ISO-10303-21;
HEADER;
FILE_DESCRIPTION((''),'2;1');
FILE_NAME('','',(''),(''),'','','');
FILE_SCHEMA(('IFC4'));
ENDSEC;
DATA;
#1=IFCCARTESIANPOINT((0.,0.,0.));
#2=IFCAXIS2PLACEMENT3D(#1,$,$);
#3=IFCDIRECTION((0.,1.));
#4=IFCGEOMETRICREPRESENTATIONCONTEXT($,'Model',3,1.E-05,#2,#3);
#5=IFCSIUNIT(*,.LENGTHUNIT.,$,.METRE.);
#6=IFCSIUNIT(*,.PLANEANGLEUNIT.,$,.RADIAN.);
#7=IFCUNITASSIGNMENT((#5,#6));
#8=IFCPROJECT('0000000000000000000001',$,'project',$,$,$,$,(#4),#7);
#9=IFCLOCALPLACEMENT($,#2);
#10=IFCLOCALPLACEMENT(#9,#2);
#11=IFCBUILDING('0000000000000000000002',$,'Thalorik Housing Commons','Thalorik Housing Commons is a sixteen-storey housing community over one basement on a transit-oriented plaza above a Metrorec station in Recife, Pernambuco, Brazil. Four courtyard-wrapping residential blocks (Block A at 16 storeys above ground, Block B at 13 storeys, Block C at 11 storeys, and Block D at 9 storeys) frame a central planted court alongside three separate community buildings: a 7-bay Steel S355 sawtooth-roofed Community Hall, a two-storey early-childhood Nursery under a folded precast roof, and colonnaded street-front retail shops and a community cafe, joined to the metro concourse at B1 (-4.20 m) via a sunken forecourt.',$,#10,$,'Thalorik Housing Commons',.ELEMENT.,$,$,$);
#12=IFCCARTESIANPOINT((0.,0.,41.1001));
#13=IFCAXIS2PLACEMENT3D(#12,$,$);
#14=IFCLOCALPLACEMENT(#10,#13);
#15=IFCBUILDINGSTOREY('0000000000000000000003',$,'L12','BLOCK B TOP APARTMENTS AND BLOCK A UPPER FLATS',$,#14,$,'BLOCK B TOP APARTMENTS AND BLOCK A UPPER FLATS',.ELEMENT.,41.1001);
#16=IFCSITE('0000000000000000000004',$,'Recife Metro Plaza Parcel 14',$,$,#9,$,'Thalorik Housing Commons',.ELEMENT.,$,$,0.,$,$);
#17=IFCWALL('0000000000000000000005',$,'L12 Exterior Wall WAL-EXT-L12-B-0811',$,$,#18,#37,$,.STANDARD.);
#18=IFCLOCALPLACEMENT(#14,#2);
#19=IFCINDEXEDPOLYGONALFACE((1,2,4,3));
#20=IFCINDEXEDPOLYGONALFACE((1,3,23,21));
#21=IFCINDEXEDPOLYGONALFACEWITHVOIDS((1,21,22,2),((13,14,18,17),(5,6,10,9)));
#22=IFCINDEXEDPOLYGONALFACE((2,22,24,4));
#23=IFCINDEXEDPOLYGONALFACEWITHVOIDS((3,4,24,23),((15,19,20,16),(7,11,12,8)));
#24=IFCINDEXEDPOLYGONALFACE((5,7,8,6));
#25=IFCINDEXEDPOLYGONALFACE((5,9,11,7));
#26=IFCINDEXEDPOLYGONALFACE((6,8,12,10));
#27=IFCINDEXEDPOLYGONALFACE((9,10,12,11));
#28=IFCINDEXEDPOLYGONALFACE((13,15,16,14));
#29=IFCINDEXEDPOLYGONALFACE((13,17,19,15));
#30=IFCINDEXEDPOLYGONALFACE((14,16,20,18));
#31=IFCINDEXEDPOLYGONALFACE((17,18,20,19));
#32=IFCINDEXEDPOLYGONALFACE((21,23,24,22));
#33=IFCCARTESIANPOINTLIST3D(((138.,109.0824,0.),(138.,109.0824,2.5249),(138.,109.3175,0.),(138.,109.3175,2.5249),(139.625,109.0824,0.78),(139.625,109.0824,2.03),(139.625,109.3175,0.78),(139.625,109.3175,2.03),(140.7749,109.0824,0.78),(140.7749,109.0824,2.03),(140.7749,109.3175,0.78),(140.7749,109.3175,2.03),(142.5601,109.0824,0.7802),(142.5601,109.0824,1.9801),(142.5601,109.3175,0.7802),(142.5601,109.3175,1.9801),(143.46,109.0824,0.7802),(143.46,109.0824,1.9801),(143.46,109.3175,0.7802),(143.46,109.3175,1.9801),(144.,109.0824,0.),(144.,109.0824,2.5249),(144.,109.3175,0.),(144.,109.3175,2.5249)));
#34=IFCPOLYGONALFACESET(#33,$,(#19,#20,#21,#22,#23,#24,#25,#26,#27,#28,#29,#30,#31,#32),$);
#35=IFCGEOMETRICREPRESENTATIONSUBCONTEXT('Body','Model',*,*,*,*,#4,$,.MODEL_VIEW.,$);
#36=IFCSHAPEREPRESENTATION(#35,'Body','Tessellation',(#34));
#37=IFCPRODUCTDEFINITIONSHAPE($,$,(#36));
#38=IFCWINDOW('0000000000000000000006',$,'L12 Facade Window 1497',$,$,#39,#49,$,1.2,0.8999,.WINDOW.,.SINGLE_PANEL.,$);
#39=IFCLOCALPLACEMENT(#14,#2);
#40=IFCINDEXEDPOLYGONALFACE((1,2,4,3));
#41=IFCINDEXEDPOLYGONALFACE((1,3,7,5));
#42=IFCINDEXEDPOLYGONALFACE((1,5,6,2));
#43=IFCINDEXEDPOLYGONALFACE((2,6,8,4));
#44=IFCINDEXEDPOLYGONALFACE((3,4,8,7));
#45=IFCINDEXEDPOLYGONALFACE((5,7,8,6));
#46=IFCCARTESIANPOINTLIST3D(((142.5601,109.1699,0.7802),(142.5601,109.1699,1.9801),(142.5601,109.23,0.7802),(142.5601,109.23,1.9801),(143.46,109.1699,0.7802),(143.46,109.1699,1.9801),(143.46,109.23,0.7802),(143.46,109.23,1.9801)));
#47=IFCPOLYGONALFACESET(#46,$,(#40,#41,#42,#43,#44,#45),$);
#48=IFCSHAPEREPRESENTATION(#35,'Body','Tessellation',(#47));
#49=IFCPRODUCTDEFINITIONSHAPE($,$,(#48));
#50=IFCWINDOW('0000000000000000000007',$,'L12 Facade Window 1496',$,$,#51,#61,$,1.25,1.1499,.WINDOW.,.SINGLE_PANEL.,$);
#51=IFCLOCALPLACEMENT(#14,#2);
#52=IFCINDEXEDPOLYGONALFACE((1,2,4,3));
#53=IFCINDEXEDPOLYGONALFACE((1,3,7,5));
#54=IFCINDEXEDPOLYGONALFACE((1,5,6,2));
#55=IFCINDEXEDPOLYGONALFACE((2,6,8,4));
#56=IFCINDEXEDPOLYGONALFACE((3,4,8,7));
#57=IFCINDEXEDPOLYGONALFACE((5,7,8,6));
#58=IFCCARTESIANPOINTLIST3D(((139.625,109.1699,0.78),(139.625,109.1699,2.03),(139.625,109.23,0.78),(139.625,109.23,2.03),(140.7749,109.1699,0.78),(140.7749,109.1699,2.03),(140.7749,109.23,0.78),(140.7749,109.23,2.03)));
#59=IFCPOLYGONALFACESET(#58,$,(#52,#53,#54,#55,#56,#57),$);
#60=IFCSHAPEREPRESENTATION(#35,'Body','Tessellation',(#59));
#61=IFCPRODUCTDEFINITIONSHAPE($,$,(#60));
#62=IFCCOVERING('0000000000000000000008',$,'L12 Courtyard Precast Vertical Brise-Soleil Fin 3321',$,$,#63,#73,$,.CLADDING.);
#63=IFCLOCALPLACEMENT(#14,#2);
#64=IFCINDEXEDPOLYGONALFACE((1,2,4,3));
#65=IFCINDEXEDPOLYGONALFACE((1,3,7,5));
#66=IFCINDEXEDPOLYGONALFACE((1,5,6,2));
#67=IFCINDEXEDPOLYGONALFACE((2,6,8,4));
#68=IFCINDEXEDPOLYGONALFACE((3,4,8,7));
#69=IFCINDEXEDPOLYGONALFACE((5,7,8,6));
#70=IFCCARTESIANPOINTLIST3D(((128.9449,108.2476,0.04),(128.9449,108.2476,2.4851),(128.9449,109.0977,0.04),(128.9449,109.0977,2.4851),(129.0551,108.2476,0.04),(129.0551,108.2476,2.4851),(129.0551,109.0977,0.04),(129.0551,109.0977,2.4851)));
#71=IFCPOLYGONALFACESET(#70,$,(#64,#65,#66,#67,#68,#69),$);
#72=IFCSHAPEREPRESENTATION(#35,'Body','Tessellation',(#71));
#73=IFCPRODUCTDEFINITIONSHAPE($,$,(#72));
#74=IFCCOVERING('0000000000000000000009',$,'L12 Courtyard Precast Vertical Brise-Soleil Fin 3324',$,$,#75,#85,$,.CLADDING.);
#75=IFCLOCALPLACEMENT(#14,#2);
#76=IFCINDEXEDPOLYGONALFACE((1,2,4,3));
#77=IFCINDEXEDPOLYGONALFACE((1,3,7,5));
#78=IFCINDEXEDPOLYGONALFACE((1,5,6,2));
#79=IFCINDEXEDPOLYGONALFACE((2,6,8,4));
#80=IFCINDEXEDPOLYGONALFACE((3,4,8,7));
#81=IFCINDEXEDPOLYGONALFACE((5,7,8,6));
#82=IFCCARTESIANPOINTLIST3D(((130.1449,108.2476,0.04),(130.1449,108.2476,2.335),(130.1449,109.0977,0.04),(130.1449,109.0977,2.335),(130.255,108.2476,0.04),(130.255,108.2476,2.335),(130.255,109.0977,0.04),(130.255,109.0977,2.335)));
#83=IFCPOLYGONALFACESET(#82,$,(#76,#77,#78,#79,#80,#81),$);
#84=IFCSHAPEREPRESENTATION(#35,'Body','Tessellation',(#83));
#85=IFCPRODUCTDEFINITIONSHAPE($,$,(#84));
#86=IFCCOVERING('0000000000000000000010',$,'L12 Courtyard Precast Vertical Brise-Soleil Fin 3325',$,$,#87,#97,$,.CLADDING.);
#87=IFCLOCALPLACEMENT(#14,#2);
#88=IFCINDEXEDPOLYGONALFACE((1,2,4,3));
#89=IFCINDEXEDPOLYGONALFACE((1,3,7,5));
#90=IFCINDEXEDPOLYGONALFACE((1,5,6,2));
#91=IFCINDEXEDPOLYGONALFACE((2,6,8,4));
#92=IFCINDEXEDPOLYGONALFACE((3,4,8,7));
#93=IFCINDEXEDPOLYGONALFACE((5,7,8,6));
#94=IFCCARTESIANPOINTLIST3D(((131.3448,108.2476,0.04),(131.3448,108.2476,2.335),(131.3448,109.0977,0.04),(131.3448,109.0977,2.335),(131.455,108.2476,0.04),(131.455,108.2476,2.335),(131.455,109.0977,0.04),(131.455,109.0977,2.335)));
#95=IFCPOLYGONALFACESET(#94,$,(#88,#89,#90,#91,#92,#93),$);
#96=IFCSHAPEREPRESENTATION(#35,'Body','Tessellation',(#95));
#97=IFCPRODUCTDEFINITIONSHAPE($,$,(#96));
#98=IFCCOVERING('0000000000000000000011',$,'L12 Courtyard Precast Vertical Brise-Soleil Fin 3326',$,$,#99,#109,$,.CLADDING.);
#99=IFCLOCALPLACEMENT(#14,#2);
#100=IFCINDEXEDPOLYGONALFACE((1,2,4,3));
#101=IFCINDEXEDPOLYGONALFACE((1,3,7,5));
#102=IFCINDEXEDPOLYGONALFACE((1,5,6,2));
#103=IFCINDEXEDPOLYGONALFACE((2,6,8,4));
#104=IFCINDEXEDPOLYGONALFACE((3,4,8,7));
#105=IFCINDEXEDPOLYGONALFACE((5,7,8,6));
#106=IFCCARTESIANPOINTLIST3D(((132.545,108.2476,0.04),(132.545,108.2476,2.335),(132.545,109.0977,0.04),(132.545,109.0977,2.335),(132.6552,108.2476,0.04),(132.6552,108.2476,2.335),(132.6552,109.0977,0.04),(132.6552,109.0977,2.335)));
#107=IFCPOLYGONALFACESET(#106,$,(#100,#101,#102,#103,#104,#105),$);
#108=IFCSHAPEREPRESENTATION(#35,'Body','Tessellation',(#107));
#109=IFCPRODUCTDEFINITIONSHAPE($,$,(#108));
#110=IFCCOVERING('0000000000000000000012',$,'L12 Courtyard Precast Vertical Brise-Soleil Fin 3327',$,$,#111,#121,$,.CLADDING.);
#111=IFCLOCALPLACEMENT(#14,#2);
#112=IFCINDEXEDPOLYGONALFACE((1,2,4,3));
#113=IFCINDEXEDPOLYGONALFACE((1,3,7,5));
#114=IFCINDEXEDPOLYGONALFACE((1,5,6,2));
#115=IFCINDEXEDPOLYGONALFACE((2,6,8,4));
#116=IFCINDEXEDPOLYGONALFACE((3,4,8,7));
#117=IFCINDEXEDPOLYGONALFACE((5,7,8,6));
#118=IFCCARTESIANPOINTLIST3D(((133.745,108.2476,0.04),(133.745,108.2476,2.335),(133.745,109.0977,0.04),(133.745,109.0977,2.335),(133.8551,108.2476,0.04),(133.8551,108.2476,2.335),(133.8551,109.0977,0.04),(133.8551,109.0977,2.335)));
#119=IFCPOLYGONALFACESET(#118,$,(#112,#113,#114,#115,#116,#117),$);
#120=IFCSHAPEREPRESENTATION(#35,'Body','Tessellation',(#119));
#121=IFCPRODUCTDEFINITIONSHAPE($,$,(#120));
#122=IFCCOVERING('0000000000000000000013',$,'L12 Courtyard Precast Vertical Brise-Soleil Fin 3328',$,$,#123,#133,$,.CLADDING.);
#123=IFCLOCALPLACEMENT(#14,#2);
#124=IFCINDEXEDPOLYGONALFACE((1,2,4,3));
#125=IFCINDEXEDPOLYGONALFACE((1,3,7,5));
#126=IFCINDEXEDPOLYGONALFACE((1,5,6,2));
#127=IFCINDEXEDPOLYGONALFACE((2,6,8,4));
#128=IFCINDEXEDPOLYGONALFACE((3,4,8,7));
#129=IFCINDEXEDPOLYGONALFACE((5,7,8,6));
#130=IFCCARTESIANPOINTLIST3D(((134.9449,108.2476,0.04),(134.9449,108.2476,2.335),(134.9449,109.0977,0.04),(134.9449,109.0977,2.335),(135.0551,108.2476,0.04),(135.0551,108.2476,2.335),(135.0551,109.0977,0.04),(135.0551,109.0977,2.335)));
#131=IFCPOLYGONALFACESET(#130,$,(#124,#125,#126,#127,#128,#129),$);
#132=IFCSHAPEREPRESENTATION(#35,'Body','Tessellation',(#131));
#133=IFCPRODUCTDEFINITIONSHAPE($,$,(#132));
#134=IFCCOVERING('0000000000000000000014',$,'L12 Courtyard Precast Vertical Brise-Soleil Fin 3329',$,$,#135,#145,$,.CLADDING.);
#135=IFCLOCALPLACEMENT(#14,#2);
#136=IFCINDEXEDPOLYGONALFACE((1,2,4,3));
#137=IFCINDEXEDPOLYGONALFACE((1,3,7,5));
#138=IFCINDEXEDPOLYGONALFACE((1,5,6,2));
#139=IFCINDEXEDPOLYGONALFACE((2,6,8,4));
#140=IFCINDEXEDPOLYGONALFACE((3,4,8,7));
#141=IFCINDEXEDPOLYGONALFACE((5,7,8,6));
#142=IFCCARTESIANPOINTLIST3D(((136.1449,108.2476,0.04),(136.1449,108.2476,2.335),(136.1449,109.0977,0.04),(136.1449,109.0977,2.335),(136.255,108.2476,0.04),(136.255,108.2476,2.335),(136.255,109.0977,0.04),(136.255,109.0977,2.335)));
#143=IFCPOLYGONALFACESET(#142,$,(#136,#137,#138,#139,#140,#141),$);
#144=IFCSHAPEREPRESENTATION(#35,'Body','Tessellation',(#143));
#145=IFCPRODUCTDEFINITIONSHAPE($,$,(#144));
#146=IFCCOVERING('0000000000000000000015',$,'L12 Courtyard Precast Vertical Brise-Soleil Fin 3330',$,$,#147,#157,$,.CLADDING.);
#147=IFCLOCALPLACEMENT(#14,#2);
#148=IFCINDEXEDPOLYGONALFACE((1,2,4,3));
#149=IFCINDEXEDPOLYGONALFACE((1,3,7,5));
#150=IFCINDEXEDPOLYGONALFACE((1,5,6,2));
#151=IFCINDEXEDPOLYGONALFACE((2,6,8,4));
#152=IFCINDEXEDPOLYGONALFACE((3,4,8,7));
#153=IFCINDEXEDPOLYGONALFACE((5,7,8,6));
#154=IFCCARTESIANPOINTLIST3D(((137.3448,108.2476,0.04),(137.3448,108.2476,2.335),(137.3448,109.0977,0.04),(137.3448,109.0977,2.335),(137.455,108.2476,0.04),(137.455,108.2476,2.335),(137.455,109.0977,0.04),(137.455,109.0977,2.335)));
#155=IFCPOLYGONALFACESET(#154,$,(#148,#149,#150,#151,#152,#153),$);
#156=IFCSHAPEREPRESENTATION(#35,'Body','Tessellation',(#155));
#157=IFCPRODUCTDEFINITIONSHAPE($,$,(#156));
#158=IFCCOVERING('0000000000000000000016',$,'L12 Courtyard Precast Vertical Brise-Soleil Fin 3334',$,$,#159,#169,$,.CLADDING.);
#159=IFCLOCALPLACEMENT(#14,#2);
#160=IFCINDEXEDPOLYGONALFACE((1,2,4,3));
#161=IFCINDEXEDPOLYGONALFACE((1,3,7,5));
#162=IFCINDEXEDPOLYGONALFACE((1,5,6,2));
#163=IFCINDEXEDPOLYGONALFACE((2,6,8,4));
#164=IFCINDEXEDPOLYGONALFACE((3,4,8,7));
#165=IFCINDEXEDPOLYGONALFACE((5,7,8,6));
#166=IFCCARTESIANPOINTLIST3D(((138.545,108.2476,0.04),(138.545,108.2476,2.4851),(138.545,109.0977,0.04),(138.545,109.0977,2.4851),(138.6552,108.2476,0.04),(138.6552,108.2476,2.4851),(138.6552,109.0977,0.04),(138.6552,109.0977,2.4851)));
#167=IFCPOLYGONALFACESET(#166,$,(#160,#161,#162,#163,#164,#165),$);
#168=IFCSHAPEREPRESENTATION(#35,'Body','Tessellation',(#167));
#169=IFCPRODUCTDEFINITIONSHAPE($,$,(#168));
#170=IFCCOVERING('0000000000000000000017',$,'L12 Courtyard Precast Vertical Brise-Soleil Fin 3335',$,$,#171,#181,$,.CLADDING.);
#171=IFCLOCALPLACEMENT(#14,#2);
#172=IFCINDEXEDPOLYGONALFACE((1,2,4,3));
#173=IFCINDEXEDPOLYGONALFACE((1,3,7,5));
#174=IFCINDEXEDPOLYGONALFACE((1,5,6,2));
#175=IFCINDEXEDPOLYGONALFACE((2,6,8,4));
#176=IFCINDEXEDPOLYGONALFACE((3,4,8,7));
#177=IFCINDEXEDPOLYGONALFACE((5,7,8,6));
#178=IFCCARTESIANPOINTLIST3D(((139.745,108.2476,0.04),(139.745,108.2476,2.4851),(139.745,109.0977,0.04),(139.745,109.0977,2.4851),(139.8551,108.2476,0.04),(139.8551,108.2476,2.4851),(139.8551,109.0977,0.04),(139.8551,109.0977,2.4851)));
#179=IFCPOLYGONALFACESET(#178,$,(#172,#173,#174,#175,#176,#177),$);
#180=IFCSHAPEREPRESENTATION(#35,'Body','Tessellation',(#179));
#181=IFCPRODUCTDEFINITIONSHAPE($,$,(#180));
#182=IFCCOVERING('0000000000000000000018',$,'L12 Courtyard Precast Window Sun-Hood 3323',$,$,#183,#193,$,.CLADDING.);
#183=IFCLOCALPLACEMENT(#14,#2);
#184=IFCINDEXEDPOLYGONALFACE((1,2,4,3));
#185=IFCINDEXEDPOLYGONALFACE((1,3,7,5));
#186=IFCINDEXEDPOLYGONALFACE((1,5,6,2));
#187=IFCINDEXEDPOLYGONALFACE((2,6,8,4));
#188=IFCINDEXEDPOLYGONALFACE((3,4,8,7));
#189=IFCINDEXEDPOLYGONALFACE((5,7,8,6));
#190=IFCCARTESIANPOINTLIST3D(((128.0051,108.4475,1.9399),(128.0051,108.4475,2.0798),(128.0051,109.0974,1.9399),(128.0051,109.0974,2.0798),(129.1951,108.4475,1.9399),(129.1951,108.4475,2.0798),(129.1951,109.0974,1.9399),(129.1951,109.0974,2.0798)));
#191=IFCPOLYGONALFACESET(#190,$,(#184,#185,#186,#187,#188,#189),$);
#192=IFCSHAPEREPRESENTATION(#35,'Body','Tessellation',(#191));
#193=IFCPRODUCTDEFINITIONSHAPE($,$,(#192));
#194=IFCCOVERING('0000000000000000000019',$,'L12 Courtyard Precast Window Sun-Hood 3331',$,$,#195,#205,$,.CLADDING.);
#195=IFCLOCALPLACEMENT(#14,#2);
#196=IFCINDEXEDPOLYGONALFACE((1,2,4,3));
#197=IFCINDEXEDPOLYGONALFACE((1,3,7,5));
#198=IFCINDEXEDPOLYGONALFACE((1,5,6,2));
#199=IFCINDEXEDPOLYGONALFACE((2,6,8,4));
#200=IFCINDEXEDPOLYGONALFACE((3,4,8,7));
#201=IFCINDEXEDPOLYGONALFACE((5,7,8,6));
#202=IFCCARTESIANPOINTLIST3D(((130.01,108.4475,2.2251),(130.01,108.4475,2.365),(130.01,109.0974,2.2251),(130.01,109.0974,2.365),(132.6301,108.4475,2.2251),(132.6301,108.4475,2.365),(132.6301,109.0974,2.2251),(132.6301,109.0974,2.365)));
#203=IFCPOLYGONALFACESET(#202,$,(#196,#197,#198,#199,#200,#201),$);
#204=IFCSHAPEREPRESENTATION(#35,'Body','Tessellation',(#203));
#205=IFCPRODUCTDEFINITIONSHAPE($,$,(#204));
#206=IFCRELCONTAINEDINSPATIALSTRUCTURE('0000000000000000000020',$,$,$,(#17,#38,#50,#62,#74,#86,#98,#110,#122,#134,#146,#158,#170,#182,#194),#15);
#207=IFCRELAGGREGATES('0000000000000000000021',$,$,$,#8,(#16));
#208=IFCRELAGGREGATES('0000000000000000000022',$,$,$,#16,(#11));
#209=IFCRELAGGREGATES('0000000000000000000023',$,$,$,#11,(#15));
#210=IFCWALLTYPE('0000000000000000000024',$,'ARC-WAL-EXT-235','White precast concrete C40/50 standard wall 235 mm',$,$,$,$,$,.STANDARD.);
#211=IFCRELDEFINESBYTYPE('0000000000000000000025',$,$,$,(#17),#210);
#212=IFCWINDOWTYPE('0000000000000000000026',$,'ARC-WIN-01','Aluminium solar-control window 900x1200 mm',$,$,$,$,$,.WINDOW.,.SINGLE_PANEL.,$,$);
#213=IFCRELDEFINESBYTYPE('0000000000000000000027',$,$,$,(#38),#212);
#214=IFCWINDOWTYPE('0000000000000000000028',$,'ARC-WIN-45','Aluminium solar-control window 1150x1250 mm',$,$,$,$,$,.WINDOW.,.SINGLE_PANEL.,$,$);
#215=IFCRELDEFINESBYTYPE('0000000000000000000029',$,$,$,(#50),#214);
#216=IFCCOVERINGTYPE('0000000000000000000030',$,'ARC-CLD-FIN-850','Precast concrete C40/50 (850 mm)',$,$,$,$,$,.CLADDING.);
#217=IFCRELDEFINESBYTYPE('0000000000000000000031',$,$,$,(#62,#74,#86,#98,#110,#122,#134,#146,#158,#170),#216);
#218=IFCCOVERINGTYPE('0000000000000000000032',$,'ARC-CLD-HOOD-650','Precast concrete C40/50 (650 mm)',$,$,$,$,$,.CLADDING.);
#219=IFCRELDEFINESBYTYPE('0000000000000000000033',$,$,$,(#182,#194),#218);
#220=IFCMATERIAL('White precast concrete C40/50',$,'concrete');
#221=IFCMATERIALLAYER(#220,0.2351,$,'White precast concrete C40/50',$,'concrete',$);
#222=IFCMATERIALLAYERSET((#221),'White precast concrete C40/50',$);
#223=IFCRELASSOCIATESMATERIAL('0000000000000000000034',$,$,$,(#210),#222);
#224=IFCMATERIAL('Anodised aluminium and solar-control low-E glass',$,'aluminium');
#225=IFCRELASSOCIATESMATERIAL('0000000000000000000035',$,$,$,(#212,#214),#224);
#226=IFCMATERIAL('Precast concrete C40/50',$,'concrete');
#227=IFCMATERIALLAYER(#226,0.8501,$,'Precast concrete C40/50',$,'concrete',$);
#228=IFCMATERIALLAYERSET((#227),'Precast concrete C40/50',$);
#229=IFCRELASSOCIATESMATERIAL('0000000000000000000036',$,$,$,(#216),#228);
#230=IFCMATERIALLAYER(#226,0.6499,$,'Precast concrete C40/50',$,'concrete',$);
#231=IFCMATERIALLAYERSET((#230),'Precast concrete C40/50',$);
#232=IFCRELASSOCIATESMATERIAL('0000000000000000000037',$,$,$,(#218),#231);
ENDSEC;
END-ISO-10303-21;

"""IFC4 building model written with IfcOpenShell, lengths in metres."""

from ifc_helpers import new_model, si_unit, direction, frame, frame_2d, origin, origin_2d, place, context, subcontext, project, spatial, rectangle, extrude, material, layer, layer_set, type_object, element, fill, save


model = new_model("IFC4")

# Units and contexts
model_context = context("Model", 3, precision=1e-05, world=origin(), true_north=direction((0.0, 1.0)))
body_context = subcontext(model_context, "Body", "Model", "MODEL_VIEW")
ifc_project = project(units=[si_unit("LENGTHUNIT", "METRE"), si_unit("PLANEANGLEUNIT", "RADIAN")], contexts=[model_context])

# Site, building, storey
site_placement = place(None, origin())
site = spatial("IfcSite", under=ifc_project, at=site_placement, Name="Recife Metro Plaza Parcel 14", LongName="Thalorik Housing Commons", CompositionType="ELEMENT", RefElevation=0.0)
building_placement = place(site_placement, origin())
building = spatial("IfcBuilding", under=site, at=building_placement, Name="Thalorik Housing Commons", Description="Thalorik Housing Commons is a sixteen-storey housing community over one basement on a transit-oriented plaza above a Metrorec station in Recife, Pernambuco, Brazil. Four courtyard-wrapping residential blocks (Block A at 16 storeys above ground, Block B at 13 storeys, Block C at 11 storeys, and Block D at 9 storeys) frame a central planted court alongside three separate community buildings: a 7-bay Steel S355 sawtooth-roofed Community Hall, a two-storey early-childhood Nursery under a folded precast roof, and colonnaded street-front retail shops and a community cafe, joined to the metro concourse at B1 (-4.20 m) via a sunken forecourt.", LongName="Thalorik Housing Commons", CompositionType="ELEMENT")
storey_placement = place(building_placement, frame((0.0, 0.0, 41.1001)))
storey = spatial("IfcBuildingStorey", under=building, at=storey_placement, Name="L12", Description="BLOCK B TOP APARTMENTS AND BLOCK A UPPER FLATS", LongName="BLOCK B TOP APARTMENTS AND BLOCK A UPPER FLATS", CompositionType="ELEMENT", Elevation=41.1001)

# Shared definitions
ifc_material_1 = material(Name="Precast concrete C40/50", Category="concrete")

# Wall, openings, windows
ifc_material_2 = material(Name="White precast concrete C40/50", Category="concrete")
ifc_layer_1 = layer(ifc_material_2, 0.2351, Name="White precast concrete C40/50", Category="concrete")
ifc_layer_set_1 = layer_set([ifc_layer_1], Name="White precast concrete C40/50")
wall_type = type_object("IfcWallType", Name="ARC-WAL-EXT-235", Description="White precast concrete C40/50 standard wall 235 mm", PredefinedType="STANDARD", material=ifc_layer_set_1)
ifc_material_3 = material(Name="Anodised aluminium and solar-control low-E glass", Category="aluminium")
wall_1_placement = place(storey_placement, frame((138.0, 109.2, 0.0), z_axis=(0.0, 0.0, 1.0), x_axis=(1.0, 0.0, 0.0)))
wall_1 = element("IfcWall", 1, at=wall_1_placement, inside=storey, type_object=wall_type, Name="L12 Exterior Wall WAL-EXT-L12-B-0811", PredefinedType="STANDARD", context=body_context, shape_type="SweptSolid", body=[
    extrude(rectangle(XDim=6.0, YDim=0.2351, at=frame_2d((3.0, 0.0))), origin(), (0.0, 0.0, 1.0), 2.5249),
])
opening_1_placement = place(wall_1_placement, frame((1.625, 0.0, 0.78)))
opening_1 = element("IfcOpeningElement", 2, at=opening_1_placement, cuts=wall_1, PredefinedType="OPENING", context=body_context, shape_type="SweptSolid", body=[
    extrude(rectangle(XDim=1.1499, YDim=1.25, at=frame_2d((0.575, 0.625))), frame((0.0, 0.1274, 0.0), z_axis=(0.0, -1.0, 0.0), x_axis=(1.0, 0.0, 0.0)), (0.0, 0.0, 1.0), 0.2551),
])
opening_2_placement = place(wall_1_placement, frame((4.5601, 0.0, 0.78)))
opening_2 = element("IfcOpeningElement", 3, at=opening_2_placement, cuts=wall_1, PredefinedType="OPENING", context=body_context, shape_type="SweptSolid", body=[
    extrude(rectangle(XDim=0.8999, YDim=1.2, at=frame_2d((0.45, 0.6001))), frame((0.0, 0.1274, 0.0), z_axis=(0.0, -1.0, 0.0), x_axis=(1.0, 0.0, 0.0)), (0.0, 0.0, 1.0), 0.2551),
])
window_type_1 = type_object("IfcWindowType", Name="ARC-WIN-01", Description="Aluminium solar-control window 900x1200 mm", PartitioningType="SINGLE_PANEL", PredefinedType="WINDOW", material=ifc_material_3)
window_1_placement = place(opening_2_placement, origin())
window_1 = element("IfcWindow", 4, at=window_1_placement, inside=storey, type_object=window_type_1, Name="L12 Facade Window 1497", OverallHeight=1.2, OverallWidth=0.8999, PartitioningType="SINGLE_PANEL", PredefinedType="WINDOW", context=body_context, shape_type="SweptSolid", body=[
    extrude(rectangle(XDim=0.8999, YDim=1.2, at=frame_2d((0.45, 0.6001))), frame((0.0, 0.03, 0.0), z_axis=(0.0, -1.0, 0.0), x_axis=(1.0, 0.0, 0.0)), (0.0, 0.0, 1.0), 0.0601),
])
fill(opening_2, window_1)
window_type_2 = type_object("IfcWindowType", Name="ARC-WIN-45", Description="Aluminium solar-control window 1150x1250 mm", PartitioningType="SINGLE_PANEL", PredefinedType="WINDOW", material=ifc_material_3)
window_2_placement = place(opening_1_placement, origin())
window_2 = element("IfcWindow", 5, at=window_2_placement, inside=storey, type_object=window_type_2, Name="L12 Facade Window 1496", OverallHeight=1.25, OverallWidth=1.1499, PartitioningType="SINGLE_PANEL", PredefinedType="WINDOW", context=body_context, shape_type="SweptSolid", body=[
    extrude(rectangle(XDim=1.1499, YDim=1.25, at=frame_2d((0.575, 0.625))), frame((0.0, 0.03, 0.0), z_axis=(0.0, -1.0, 0.0), x_axis=(1.0, 0.0, 0.0)), (0.0, 0.0, 1.0), 0.0601),
])
fill(opening_1, window_2)

# Coverings
ifc_layer_2 = layer(ifc_material_1, 0.8501, Name="Precast concrete C40/50", Category="concrete")
ifc_layer_set_2 = layer_set([ifc_layer_2], Name="Precast concrete C40/50")
covering_type_1 = type_object("IfcCoveringType", Name="ARC-CLD-FIN-850", Description="Precast concrete C40/50 (850 mm)", PredefinedType="CLADDING", material=ifc_layer_set_2)
covering_1_placement = place(storey_placement, frame((129.0, 108.6726, 0.04), z_axis=(0.0, 0.0, 1.0), x_axis=(1.0, 0.0, 0.0)))
element("IfcCovering", 6, at=covering_1_placement, inside=storey, type_object=covering_type_1, Name="L12 Courtyard Precast Vertical Brise-Soleil Fin 3321", PredefinedType="CLADDING", context=body_context, shape_type="SweptSolid", body=[
    extrude(rectangle(XDim=0.1101, YDim=0.8501, at=origin_2d()), origin(), (0.0, 0.0, 1.0), 2.4451),
])
for number, where, z_axis, x_axis, name in (
    (7, (130.2, 108.6726, 0.04), (0.0, 0.0, 1.0), (1.0, 0.0, 0.0), "L12 Courtyard Precast Vertical Brise-Soleil Fin 3324"),
    (8, (131.3999, 108.6726, 0.04), (0.0, 0.0, 1.0), (1.0, 0.0, 0.0), "L12 Courtyard Precast Vertical Brise-Soleil Fin 3325"),
    (9, (132.6001, 108.6726, 0.04), (0.0, 0.0, 1.0), (1.0, 0.0, 0.0), "L12 Courtyard Precast Vertical Brise-Soleil Fin 3326"),
    (10, (133.8, 108.6726, 0.04), (0.0, 0.0, 1.0), (1.0, 0.0, 0.0), "L12 Courtyard Precast Vertical Brise-Soleil Fin 3327"),
    (11, (135.0, 108.6726, 0.04), (0.0, 0.0, 1.0), (1.0, 0.0, 0.0), "L12 Courtyard Precast Vertical Brise-Soleil Fin 3328"),
    (12, (136.2, 108.6726, 0.04), (0.0, 0.0, 1.0), (1.0, 0.0, 0.0), "L12 Courtyard Precast Vertical Brise-Soleil Fin 3329"),
    (13, (137.3999, 108.6726, 0.04), (0.0, 0.0, 1.0), (1.0, 0.0, 0.0), "L12 Courtyard Precast Vertical Brise-Soleil Fin 3330"),
):
    element("IfcCovering", number, at=place(storey_placement, frame(where, z_axis=z_axis, x_axis=x_axis)), inside=storey, type_object=covering_type_1, Name=name, PredefinedType="CLADDING", context=body_context, shape_type="SweptSolid", body=[
        extrude(rectangle(XDim=0.1101, YDim=0.8501, at=origin_2d()), origin(), (0.0, 0.0, 1.0), 2.2949),
    ])
for number, where, z_axis, x_axis, name in (
    (14, (138.6001, 108.6726, 0.04), (0.0, 0.0, 1.0), (1.0, 0.0, 0.0), "L12 Courtyard Precast Vertical Brise-Soleil Fin 3334"),
    (15, (139.8, 108.6726, 0.04), (0.0, 0.0, 1.0), (1.0, 0.0, 0.0), "L12 Courtyard Precast Vertical Brise-Soleil Fin 3335"),
):
    element("IfcCovering", number, at=place(storey_placement, frame(where, z_axis=z_axis, x_axis=x_axis)), inside=storey, type_object=covering_type_1, Name=name, PredefinedType="CLADDING", context=body_context, shape_type="SweptSolid", body=[
        extrude(rectangle(XDim=0.1101, YDim=0.8501, at=origin_2d()), origin(), (0.0, 0.0, 1.0), 2.4451),
    ])
ifc_layer_3 = layer(ifc_material_1, 0.6499, Name="Precast concrete C40/50", Category="concrete")
ifc_layer_set_3 = layer_set([ifc_layer_3], Name="Precast concrete C40/50")
covering_type_2 = type_object("IfcCoveringType", Name="ARC-CLD-HOOD-650", Description="Precast concrete C40/50 (650 mm)", PredefinedType="CLADDING", material=ifc_layer_set_3)
covering_2_placement = place(storey_placement, frame((128.6001, 108.7725, 1.9399), z_axis=(0.0, 0.0, 1.0), x_axis=(1.0, 0.0, 0.0)))
element("IfcCovering", 16, at=covering_2_placement, inside=storey, type_object=covering_type_2, Name="L12 Courtyard Precast Window Sun-Hood 3323", PredefinedType="CLADDING", context=body_context, shape_type="SweptSolid", body=[
    extrude(rectangle(XDim=1.1899, YDim=0.6499, at=origin_2d()), origin(), (0.0, 0.0, 1.0), 0.1399),
])
covering_3_placement = place(storey_placement, frame((131.3201, 108.7725, 2.2251), z_axis=(0.0, 0.0, 1.0), x_axis=(1.0, 0.0, 0.0)))
element("IfcCovering", 17, at=covering_3_placement, inside=storey, type_object=covering_type_2, Name="L12 Courtyard Precast Window Sun-Hood 3331", PredefinedType="CLADDING", context=body_context, shape_type="SweptSolid", body=[
    extrude(rectangle(XDim=2.6201, YDim=0.6499, at=origin_2d()), origin(), (0.0, 0.0, 1.0), 0.1399),
])

save(model, "model.ifc")
